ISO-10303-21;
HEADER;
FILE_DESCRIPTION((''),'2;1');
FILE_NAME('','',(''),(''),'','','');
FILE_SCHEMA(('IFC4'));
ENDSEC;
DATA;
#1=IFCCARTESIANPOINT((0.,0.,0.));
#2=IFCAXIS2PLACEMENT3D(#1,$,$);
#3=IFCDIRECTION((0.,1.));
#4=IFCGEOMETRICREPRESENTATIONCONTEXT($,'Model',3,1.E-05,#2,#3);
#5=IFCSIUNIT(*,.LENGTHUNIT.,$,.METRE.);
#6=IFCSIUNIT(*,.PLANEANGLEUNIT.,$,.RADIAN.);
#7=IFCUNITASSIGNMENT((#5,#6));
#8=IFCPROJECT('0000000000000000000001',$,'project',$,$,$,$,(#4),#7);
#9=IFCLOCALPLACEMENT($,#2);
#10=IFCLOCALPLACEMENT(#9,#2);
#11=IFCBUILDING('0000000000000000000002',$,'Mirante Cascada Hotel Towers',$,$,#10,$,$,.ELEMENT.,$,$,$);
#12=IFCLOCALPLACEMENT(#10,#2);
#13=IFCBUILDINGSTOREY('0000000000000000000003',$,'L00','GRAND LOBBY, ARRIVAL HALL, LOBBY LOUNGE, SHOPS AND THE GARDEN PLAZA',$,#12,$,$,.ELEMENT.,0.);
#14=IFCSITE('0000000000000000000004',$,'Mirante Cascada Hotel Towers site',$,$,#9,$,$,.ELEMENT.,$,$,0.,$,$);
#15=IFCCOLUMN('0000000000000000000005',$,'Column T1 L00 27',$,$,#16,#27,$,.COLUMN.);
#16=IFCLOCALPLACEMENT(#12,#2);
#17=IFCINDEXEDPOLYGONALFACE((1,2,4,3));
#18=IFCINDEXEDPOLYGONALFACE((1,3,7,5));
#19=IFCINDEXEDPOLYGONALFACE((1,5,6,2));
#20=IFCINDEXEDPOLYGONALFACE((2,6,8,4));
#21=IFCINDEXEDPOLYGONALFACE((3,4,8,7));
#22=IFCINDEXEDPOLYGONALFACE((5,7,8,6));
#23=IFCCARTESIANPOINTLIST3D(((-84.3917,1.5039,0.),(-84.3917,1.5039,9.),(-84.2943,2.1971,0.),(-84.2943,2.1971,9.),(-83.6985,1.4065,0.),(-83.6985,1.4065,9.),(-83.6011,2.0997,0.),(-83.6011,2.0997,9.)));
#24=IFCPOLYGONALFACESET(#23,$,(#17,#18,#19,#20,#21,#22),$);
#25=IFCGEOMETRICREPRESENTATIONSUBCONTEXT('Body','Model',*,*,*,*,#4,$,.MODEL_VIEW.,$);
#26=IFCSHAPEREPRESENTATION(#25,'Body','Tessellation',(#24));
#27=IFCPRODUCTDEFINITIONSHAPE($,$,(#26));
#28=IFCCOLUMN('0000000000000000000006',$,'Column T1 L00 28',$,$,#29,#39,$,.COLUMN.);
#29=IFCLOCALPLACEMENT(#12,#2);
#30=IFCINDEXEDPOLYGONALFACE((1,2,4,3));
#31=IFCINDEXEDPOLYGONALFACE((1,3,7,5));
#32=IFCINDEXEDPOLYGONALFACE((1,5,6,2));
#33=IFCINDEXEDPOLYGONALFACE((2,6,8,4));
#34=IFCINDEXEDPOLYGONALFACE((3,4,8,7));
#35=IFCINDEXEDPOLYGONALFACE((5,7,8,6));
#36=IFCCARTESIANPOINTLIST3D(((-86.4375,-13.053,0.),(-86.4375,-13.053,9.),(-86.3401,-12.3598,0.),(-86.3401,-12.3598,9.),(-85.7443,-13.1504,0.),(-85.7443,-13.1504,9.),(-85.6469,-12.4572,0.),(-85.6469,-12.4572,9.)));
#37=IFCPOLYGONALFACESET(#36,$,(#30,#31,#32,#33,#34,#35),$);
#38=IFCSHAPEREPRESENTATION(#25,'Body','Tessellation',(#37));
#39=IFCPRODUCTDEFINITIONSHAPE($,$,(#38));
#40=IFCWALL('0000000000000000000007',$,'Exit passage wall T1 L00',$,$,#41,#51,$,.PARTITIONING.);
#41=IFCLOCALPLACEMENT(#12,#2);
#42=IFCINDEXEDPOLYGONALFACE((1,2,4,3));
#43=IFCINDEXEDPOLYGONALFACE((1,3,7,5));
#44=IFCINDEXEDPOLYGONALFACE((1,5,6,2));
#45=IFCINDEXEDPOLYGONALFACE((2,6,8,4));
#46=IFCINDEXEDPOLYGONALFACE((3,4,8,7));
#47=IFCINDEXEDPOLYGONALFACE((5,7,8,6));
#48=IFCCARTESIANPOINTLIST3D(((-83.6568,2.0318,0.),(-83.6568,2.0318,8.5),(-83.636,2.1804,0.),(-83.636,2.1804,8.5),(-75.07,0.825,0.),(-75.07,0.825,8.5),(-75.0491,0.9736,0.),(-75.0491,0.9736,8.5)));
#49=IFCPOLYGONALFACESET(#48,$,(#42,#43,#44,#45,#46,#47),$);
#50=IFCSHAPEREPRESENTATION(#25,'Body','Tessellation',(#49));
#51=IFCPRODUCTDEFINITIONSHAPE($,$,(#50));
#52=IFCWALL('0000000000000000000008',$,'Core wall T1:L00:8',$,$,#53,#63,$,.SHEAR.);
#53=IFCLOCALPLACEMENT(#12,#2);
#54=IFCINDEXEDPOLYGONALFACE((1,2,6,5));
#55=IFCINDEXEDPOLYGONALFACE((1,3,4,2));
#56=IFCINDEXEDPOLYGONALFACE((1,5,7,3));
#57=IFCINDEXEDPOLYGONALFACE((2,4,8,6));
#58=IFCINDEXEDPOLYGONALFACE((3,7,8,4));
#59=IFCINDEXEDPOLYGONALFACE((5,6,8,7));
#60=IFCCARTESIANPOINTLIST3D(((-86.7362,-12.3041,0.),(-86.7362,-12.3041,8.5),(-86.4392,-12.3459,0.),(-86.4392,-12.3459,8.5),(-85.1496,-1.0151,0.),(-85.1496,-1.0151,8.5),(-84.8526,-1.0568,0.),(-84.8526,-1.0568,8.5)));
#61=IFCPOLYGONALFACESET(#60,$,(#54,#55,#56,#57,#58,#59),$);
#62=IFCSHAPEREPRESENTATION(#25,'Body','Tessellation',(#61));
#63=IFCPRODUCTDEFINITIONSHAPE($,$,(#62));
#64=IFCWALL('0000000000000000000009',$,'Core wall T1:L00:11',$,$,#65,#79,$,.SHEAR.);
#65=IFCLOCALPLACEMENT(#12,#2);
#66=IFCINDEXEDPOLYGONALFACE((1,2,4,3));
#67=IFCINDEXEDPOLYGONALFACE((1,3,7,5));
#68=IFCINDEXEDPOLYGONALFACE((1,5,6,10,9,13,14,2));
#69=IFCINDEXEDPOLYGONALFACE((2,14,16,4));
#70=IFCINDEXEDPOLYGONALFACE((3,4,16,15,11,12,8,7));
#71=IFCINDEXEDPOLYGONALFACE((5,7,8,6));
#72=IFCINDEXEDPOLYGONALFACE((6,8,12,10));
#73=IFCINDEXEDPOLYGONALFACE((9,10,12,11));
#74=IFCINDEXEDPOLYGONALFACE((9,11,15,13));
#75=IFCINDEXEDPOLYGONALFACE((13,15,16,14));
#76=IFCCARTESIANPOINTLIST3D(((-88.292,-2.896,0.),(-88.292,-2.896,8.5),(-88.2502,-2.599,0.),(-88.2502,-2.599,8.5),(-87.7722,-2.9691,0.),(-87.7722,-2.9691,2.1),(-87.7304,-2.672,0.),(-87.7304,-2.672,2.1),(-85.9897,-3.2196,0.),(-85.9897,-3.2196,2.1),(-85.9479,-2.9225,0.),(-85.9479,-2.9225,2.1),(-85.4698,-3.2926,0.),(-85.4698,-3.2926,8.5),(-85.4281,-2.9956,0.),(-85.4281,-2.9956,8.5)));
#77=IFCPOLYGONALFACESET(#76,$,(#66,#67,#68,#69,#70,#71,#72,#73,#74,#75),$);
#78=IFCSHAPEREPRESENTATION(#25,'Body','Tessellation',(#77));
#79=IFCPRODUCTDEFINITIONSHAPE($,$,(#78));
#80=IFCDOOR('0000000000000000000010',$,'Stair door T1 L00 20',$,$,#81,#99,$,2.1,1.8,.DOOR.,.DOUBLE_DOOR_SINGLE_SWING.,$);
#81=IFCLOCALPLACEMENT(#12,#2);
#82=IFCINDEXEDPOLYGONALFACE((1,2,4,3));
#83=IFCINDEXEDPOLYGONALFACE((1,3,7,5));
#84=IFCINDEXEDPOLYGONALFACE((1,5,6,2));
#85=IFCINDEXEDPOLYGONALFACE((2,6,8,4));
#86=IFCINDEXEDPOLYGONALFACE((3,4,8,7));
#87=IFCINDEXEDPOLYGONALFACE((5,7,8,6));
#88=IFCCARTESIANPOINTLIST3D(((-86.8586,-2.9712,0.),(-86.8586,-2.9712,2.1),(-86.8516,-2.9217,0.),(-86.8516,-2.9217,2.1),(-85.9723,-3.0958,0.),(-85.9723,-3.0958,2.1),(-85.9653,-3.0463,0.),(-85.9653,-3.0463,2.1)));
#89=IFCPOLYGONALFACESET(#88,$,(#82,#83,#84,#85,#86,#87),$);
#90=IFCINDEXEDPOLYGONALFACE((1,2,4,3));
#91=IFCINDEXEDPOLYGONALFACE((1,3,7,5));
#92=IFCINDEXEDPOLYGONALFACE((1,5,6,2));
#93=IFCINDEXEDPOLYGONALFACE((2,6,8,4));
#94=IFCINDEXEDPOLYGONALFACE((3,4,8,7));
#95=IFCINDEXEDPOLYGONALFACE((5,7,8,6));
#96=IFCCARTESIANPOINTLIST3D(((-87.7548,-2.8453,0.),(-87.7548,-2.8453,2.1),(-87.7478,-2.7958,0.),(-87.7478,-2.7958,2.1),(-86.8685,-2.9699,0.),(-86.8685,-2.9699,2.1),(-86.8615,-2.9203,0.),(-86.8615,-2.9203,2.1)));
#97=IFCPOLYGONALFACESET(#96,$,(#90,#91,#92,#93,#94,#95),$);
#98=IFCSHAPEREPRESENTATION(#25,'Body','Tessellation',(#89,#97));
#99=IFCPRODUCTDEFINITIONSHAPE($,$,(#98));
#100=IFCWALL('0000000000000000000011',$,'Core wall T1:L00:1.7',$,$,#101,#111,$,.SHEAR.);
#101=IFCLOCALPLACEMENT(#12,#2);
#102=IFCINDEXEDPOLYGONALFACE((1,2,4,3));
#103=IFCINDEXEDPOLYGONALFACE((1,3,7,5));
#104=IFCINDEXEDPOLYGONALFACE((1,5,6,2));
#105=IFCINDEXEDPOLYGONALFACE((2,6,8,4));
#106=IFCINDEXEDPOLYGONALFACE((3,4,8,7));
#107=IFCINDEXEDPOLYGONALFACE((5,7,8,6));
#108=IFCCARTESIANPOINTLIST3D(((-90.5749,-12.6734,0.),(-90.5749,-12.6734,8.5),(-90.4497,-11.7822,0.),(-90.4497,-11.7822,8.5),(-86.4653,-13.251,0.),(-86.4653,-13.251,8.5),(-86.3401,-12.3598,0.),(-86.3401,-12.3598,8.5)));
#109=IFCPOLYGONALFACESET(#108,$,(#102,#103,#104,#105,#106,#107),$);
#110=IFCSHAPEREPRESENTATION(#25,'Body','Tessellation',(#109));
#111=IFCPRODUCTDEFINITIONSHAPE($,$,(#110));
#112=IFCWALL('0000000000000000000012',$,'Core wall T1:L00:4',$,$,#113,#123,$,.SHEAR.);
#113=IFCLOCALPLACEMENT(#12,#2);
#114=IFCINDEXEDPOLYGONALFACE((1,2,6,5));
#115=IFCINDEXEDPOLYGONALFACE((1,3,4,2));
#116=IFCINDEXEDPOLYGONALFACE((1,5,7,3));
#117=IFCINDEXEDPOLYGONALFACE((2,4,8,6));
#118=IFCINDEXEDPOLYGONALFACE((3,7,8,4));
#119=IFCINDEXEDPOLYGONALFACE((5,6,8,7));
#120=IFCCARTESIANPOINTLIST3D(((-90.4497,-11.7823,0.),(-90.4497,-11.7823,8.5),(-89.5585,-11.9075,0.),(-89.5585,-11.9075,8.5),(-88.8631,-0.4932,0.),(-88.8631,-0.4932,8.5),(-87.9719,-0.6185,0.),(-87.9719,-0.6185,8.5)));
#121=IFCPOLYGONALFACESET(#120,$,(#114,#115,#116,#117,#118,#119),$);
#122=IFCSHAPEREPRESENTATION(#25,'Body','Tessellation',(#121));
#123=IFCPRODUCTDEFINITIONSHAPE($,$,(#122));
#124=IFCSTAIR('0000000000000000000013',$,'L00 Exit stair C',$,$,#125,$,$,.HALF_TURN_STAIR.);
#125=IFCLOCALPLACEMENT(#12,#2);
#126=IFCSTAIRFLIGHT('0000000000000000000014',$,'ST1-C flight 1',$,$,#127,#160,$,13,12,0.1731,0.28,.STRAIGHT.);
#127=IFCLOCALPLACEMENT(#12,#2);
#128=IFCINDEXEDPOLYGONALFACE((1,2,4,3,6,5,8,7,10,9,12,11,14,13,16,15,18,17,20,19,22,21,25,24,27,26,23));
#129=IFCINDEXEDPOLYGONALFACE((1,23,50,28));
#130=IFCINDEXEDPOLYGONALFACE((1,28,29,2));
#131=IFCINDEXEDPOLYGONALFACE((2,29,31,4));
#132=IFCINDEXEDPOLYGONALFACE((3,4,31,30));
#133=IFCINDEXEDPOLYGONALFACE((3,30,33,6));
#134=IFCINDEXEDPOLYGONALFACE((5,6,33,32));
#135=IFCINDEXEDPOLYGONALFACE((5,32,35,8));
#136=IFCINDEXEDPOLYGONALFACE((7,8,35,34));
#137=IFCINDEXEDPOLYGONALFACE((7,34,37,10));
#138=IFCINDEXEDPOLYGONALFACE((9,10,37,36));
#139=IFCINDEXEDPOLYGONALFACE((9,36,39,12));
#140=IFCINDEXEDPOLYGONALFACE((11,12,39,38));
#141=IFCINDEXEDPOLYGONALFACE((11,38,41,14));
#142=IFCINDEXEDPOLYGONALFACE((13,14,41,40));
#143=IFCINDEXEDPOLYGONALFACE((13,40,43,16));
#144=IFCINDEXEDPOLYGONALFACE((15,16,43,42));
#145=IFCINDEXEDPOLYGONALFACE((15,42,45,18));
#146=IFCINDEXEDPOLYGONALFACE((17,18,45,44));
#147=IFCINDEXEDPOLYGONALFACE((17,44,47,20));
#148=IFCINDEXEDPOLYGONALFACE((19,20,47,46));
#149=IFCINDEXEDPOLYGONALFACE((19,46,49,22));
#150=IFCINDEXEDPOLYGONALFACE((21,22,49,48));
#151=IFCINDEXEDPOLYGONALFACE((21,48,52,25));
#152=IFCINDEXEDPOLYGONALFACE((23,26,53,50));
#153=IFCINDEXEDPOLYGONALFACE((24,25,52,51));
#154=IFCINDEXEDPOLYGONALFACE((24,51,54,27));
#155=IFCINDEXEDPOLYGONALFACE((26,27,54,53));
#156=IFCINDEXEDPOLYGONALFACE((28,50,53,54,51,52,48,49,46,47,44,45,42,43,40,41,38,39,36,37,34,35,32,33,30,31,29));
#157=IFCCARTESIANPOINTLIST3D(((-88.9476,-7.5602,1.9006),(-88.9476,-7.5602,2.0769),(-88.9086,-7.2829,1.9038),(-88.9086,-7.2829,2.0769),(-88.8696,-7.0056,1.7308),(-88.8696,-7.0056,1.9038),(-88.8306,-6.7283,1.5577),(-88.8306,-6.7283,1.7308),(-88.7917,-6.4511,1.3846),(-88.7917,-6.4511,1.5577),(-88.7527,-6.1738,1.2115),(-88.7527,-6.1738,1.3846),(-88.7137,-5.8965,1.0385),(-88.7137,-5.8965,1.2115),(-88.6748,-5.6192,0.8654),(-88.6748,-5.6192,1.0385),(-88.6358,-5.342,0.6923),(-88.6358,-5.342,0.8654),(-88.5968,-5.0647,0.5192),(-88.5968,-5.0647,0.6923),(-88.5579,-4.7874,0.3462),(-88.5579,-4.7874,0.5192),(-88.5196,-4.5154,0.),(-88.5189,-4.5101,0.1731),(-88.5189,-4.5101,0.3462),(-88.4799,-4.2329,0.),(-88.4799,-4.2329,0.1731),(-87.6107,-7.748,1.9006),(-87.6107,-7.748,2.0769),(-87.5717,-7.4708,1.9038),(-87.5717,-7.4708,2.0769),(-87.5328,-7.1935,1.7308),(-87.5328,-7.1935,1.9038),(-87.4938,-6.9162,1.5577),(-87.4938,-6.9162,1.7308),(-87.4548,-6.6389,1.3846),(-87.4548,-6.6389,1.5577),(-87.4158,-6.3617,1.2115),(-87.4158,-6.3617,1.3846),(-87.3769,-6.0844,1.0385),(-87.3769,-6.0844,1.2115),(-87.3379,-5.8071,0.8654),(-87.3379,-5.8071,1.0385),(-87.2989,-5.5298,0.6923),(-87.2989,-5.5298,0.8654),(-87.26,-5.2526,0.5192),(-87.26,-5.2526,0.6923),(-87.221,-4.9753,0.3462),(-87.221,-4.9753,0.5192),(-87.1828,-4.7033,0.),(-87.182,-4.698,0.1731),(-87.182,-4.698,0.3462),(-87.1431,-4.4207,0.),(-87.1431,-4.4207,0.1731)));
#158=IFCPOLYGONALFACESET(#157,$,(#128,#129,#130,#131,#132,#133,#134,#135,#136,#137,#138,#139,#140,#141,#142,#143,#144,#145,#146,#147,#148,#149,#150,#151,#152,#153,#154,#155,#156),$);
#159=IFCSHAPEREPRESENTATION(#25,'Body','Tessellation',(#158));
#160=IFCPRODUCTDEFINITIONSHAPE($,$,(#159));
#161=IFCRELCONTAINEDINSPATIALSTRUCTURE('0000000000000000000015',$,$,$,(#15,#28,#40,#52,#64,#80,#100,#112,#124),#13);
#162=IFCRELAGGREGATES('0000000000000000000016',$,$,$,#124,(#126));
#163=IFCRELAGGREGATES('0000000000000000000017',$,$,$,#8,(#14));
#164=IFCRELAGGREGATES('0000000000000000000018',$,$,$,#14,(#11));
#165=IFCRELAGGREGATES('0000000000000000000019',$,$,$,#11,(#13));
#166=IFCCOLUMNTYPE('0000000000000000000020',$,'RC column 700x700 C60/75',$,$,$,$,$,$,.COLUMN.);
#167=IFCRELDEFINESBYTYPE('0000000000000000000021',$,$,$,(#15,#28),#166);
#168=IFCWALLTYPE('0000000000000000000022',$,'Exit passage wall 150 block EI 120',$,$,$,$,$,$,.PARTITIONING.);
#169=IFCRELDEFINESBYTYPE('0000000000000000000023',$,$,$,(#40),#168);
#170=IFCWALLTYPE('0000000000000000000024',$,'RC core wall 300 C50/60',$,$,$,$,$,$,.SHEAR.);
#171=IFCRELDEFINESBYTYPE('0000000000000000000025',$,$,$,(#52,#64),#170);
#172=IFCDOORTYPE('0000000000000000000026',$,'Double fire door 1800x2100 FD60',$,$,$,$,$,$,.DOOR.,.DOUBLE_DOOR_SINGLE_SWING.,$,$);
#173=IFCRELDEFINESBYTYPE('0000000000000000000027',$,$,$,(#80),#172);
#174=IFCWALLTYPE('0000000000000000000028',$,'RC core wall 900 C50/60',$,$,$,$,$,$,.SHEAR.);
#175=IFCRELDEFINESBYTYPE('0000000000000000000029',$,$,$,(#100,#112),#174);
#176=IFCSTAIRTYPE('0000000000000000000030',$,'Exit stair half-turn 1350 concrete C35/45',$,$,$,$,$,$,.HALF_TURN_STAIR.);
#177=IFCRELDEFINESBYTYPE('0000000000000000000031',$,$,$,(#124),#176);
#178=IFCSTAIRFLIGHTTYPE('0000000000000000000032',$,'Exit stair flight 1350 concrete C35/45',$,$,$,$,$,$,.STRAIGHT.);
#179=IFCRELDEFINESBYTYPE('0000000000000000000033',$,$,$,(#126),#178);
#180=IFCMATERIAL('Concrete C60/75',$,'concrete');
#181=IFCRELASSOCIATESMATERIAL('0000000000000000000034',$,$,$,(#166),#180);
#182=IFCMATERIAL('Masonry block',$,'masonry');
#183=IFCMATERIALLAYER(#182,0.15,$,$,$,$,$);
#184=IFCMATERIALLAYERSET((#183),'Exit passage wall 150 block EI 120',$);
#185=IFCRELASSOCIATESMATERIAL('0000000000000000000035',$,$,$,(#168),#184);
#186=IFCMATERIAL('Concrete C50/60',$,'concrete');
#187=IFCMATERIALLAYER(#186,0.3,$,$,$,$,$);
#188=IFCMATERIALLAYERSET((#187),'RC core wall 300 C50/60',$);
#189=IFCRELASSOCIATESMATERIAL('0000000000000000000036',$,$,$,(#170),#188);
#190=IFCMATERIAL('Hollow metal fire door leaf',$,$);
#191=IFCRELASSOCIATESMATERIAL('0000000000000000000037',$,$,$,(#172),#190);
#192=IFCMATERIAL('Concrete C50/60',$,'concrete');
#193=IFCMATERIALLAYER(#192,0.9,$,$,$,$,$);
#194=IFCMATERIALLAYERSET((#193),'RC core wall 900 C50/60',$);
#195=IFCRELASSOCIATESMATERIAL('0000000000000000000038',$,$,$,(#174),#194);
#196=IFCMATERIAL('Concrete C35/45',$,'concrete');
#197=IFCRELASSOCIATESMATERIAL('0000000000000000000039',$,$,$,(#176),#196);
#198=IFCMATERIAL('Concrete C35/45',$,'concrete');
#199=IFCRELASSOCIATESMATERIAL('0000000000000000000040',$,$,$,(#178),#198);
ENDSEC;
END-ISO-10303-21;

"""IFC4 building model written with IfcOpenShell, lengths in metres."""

from ifc_helpers import new_model, si_unit, direction, frame, frame_2d, origin, origin_2d, place, context, subcontext, project, spatial, polyline, rectangle, outline, extrude, material, layer, layer_set, material_profile, profile_set, type_object, element, fill, aggregate, save


model = new_model("IFC4")

# Units and contexts
model_context = context("Model", 3, precision=1e-05, world=origin(), true_north=direction((0.0, 1.0)))
body_context = subcontext(model_context, "Body", "Model", "MODEL_VIEW")
ifc_project = project(units=[si_unit("LENGTHUNIT", "METRE"), si_unit("PLANEANGLEUNIT", "RADIAN")], contexts=[model_context])

# Site, building, storey
site_placement = place(None, origin())
site = spatial("IfcSite", under=ifc_project, at=site_placement, Name="Mirante Cascada Hotel Towers site", CompositionType="ELEMENT", RefElevation=0.0)
building_placement = place(site_placement, origin())
building = spatial("IfcBuilding", under=site, at=building_placement, Name="Mirante Cascada Hotel Towers", CompositionType="ELEMENT")
storey_placement = place(building_placement, origin())
storey = spatial("IfcBuildingStorey", under=building, at=storey_placement, Name="L00", Description="GRAND LOBBY, ARRIVAL HALL, LOBBY LOUNGE, SHOPS AND THE GARDEN PLAZA", CompositionType="ELEMENT", Elevation=0.0)

# Columns
ifc_material_1 = material(Name="Concrete C60/75", Category="concrete")
ifc_material_profile = material_profile(ifc_material_1, rectangle(XDim=0.7, YDim=0.7, at=origin_2d()), Name="RC column 700x700 C60/75")
ifc_profile_set = profile_set([ifc_material_profile], Name="Concrete C60/75")
column_type = type_object("IfcColumnType", Name="RC column 700x700 C60/75", PredefinedType="COLUMN", material=ifc_profile_set)
for number, where, z_axis, x_axis, name in (
    (1, (-83.9964, 1.8018, 0.0), (0.0, 0.0, 1.0), (-0.990268, 0.139173, 0.0), "Column T1 L00 27"),
    (2, (-86.0422, -12.7551, 0.0), (0.0, 0.0, 1.0), (-0.990268, 0.139173, 0.0), "Column T1 L00 28"),
):
    element("IfcColumn", number, at=place(storey_placement, frame(where, z_axis=z_axis, x_axis=x_axis)), inside=storey, type_object=column_type, Name=name, PredefinedType="COLUMN", context=body_context, shape_type="SweptSolid", body=[
        extrude(rectangle(XDim=0.7, YDim=0.7, at=origin_2d()), origin(), (0.0, 0.0, 1.0), 9.0),
    ])

# Walls
ifc_material_2 = material(Name="Masonry block", Category="masonry")
ifc_layer_1 = layer(ifc_material_2, 0.15)
ifc_layer_set_1 = layer_set([ifc_layer_1], Name="Exit passage wall 150 block EI 120")
wall_type_1 = type_object("IfcWallType", Name="Exit passage wall 150 block EI 120", PredefinedType="PARTITIONING", material=ifc_layer_set_1)
wall_1_placement = place(storey_placement, frame((-83.6464, 2.1061, 0.0), z_axis=(0.0, 0.0, 1.0), x_axis=(0.990268, -0.139174, 0.0)))
element("IfcWall", 3, at=wall_1_placement, inside=storey, type_object=wall_type_1, Name="Exit passage wall T1 L00", PredefinedType="PARTITIONING", context=body_context, shape_type="SweptSolid", body=[
    extrude(rectangle(XDim=8.6712, YDim=0.15, at=frame_2d((4.3356, 0.0))), origin(), (0.0, 0.0, 1.0), 8.5),
])
ifc_material_3 = material(Name="Concrete C50/60", Category="concrete")
ifc_layer_2 = layer(ifc_material_3, 0.3)
ifc_layer_set_2 = layer_set([ifc_layer_2], Name="RC core wall 300 C50/60")
wall_type_2 = type_object("IfcWallType", Name="RC core wall 300 C50/60", PredefinedType="SHEAR", material=ifc_layer_set_2)
wall_2_placement = place(storey_placement, frame((-86.5877, -12.325, 0.0), z_axis=(0.0, 0.0, 1.0), x_axis=(0.139175, 0.990268, 0.0)))
element("IfcWall", 4, at=wall_2_placement, inside=storey, type_object=wall_type_2, Name="Core wall T1:L00:8", PredefinedType="SHEAR", context=body_context, shape_type="SweptSolid", body=[
    extrude(rectangle(XDim=11.4, YDim=0.3, at=frame_2d((5.7, 0.0))), origin(), (0.0, 0.0, 1.0), 8.5),
])

# Wall, opening, door
wall_3_placement = place(storey_placement, frame((-85.4489, -3.1441, 0.0), z_axis=(0.0, 0.0, 1.0), x_axis=(-0.99027, 0.139161, 0.0)))
wall_3 = element("IfcWall", 5, at=wall_3_placement, inside=storey, type_object=wall_type_2, Name="Core wall T1:L00:11", PredefinedType="SHEAR", context=body_context, shape_type="SweptSolid", body=[
    extrude(rectangle(XDim=2.8499, YDim=0.3, at=frame_2d((1.425, 0.0))), origin(), (0.0, 0.0, 1.0), 8.5),
])
opening_placement = place(wall_3_placement, frame((0.525, 0.0, 0.0)))
opening = element("IfcOpeningElement", 6, at=opening_placement, cuts=wall_3, PredefinedType="OPENING", context=body_context, shape_type="SweptSolid", body=[
    extrude(rectangle(XDim=1.8, YDim=2.1, at=frame_2d((0.9, 1.05))), frame((0.0, 0.15, 0.0), z_axis=(0.0, -1.0, 0.0), x_axis=(1.0, 0.0, 0.0)), (0.0, 0.0, 1.0), 0.3),
])
ifc_material_4 = material(Name="Hollow metal fire door leaf")
door_type = type_object("IfcDoorType", Name="Double fire door 1800x2100 FD60", OperationType="DOUBLE_DOOR_SINGLE_SWING", PredefinedType="DOOR", material=ifc_material_4)
door_placement = place(opening_placement, origin())
door = element("IfcDoor", 7, at=door_placement, inside=storey, type_object=door_type, Name="Stair door T1 L00 20", OperationType="DOUBLE_DOOR_SINGLE_SWING", OverallHeight=2.1, OverallWidth=1.8, PredefinedType="DOOR", context=body_context, shape_type="SweptSolid", body=[
    extrude(rectangle(XDim=0.895, YDim=2.1, at=frame_2d((0.4475, 1.05))), frame((0.0, 0.025, 0.0), z_axis=(0.0, -1.0, 0.0), x_axis=(1.0, 0.0, 0.0)), (0.0, 0.0, 1.0), 0.05),
    extrude(rectangle(XDim=0.895, YDim=2.1, at=frame_2d((1.3525, 1.05))), frame((0.0, 0.025, 0.0), z_axis=(0.0, -1.0, 0.0), x_axis=(1.0, 0.0, 0.0)), (0.0, 0.0, 1.0), 0.05),
])
fill(opening, door)

# Walls
ifc_material_5 = material(Name="Concrete C50/60", Category="concrete")
ifc_layer_3 = layer(ifc_material_5, 0.9)
ifc_layer_set_3 = layer_set([ifc_layer_3], Name="RC core wall 900 C50/60")
wall_type_3 = type_object("IfcWallType", Name="RC core wall 900 C50/60", PredefinedType="SHEAR", material=ifc_layer_set_3)
wall_4_placement = place(storey_placement, frame((-86.4027, -12.8054, 0.0), z_axis=(0.0, 0.0, 1.0), x_axis=(-0.990267, 0.139181, 0.0)))
element("IfcWall", 8, at=wall_4_placement, inside=storey, type_object=wall_type_3, Name="Core wall T1:L00:1.7", PredefinedType="SHEAR", context=body_context, shape_type="SweptSolid", body=[
    extrude(rectangle(XDim=4.15, YDim=0.9, at=frame_2d((2.075, 0.0))), origin(), (0.0, 0.0, 1.0), 8.5),
])
wall_5_placement = place(storey_placement, frame((-90.0041, -11.8449, 0.0), z_axis=(0.0, 0.0, 1.0), x_axis=(0.139175, 0.990268, 0.0)))
element("IfcWall", 9, at=wall_5_placement, inside=storey, type_object=wall_type_3, Name="Core wall T1:L00:4", PredefinedType="SHEAR", context=body_context, shape_type="SweptSolid", body=[
    extrude(rectangle(XDim=11.4, YDim=0.9, at=frame_2d((5.7, 0.0))), origin(), (0.0, 0.0, 1.0), 8.5),
])

# Stair, stair flight
ifc_material_6 = material(Name="Concrete C35/45", Category="concrete")
stair_type = type_object("IfcStairType", Name="Exit stair half-turn 1350 concrete C35/45", PredefinedType="HALF_TURN_STAIR", material=ifc_material_6)
stair_placement = place(storey_placement, origin())
stair = element("IfcStair", 10, at=stair_placement, inside=storey, type_object=stair_type, Name="L00 Exit stair C", PredefinedType="HALF_TURN_STAIR")
ifc_material_7 = material(Name="Concrete C35/45", Category="concrete")
stair_flight_type = type_object("IfcStairFlightType", Name="Exit stair flight 1350 concrete C35/45", PredefinedType="STRAIGHT", material=ifc_material_7)
stair_flight_1_placement = place(storey_placement, frame((-87.8115, -4.3268, 0.0), z_axis=(0.0, 0.0, 1.0), x_axis=(-0.139173, -0.990268, 0.0)))
stair_flight_1 = element("IfcStairFlight", 11, at=stair_flight_1_placement, type_object=stair_flight_type, Name="ST1-C flight 1", NumberOfRisers=13, NumberOfTreads=12, PredefinedType="STRAIGHT", RiserHeight=0.1731, TreadLength=0.28, context=body_context, shape_type="SweptSolid", body=[
    extrude(outline(polyline([(0.0, 0.0), (0.0, 0.1731), (0.28, 0.1731), (0.28, 0.3462), (0.56, 0.3462), (0.56, 0.5192), (0.84, 0.5192), (0.84, 0.6923), (1.12, 0.6923), (1.12, 0.8654), (1.4, 0.8654), (1.4, 1.0385), (1.68, 1.0385), (1.68, 1.2115), (1.96, 1.2115), (1.96, 1.3846), (2.24, 1.3846), (2.24, 1.5577), (2.52, 1.5577), (2.52, 1.7308), (2.8, 1.7308), (2.8, 1.9038), (3.08, 1.9038), (3.08, 2.0769), (3.36, 2.0769), (3.36, 2.25), (3.36, 1.9006), (0.2853, 0.0), (0.0, 0.0)])), frame((0.0, 0.675, 0.0), z_axis=(0.0, -1.0, 0.0), x_axis=(1.0, 0.0, 0.0)), (0.0, 0.0, 1.0), 1.35),
])
aggregate(stair, [stair_flight_1])

save(model, "model.ifc")
